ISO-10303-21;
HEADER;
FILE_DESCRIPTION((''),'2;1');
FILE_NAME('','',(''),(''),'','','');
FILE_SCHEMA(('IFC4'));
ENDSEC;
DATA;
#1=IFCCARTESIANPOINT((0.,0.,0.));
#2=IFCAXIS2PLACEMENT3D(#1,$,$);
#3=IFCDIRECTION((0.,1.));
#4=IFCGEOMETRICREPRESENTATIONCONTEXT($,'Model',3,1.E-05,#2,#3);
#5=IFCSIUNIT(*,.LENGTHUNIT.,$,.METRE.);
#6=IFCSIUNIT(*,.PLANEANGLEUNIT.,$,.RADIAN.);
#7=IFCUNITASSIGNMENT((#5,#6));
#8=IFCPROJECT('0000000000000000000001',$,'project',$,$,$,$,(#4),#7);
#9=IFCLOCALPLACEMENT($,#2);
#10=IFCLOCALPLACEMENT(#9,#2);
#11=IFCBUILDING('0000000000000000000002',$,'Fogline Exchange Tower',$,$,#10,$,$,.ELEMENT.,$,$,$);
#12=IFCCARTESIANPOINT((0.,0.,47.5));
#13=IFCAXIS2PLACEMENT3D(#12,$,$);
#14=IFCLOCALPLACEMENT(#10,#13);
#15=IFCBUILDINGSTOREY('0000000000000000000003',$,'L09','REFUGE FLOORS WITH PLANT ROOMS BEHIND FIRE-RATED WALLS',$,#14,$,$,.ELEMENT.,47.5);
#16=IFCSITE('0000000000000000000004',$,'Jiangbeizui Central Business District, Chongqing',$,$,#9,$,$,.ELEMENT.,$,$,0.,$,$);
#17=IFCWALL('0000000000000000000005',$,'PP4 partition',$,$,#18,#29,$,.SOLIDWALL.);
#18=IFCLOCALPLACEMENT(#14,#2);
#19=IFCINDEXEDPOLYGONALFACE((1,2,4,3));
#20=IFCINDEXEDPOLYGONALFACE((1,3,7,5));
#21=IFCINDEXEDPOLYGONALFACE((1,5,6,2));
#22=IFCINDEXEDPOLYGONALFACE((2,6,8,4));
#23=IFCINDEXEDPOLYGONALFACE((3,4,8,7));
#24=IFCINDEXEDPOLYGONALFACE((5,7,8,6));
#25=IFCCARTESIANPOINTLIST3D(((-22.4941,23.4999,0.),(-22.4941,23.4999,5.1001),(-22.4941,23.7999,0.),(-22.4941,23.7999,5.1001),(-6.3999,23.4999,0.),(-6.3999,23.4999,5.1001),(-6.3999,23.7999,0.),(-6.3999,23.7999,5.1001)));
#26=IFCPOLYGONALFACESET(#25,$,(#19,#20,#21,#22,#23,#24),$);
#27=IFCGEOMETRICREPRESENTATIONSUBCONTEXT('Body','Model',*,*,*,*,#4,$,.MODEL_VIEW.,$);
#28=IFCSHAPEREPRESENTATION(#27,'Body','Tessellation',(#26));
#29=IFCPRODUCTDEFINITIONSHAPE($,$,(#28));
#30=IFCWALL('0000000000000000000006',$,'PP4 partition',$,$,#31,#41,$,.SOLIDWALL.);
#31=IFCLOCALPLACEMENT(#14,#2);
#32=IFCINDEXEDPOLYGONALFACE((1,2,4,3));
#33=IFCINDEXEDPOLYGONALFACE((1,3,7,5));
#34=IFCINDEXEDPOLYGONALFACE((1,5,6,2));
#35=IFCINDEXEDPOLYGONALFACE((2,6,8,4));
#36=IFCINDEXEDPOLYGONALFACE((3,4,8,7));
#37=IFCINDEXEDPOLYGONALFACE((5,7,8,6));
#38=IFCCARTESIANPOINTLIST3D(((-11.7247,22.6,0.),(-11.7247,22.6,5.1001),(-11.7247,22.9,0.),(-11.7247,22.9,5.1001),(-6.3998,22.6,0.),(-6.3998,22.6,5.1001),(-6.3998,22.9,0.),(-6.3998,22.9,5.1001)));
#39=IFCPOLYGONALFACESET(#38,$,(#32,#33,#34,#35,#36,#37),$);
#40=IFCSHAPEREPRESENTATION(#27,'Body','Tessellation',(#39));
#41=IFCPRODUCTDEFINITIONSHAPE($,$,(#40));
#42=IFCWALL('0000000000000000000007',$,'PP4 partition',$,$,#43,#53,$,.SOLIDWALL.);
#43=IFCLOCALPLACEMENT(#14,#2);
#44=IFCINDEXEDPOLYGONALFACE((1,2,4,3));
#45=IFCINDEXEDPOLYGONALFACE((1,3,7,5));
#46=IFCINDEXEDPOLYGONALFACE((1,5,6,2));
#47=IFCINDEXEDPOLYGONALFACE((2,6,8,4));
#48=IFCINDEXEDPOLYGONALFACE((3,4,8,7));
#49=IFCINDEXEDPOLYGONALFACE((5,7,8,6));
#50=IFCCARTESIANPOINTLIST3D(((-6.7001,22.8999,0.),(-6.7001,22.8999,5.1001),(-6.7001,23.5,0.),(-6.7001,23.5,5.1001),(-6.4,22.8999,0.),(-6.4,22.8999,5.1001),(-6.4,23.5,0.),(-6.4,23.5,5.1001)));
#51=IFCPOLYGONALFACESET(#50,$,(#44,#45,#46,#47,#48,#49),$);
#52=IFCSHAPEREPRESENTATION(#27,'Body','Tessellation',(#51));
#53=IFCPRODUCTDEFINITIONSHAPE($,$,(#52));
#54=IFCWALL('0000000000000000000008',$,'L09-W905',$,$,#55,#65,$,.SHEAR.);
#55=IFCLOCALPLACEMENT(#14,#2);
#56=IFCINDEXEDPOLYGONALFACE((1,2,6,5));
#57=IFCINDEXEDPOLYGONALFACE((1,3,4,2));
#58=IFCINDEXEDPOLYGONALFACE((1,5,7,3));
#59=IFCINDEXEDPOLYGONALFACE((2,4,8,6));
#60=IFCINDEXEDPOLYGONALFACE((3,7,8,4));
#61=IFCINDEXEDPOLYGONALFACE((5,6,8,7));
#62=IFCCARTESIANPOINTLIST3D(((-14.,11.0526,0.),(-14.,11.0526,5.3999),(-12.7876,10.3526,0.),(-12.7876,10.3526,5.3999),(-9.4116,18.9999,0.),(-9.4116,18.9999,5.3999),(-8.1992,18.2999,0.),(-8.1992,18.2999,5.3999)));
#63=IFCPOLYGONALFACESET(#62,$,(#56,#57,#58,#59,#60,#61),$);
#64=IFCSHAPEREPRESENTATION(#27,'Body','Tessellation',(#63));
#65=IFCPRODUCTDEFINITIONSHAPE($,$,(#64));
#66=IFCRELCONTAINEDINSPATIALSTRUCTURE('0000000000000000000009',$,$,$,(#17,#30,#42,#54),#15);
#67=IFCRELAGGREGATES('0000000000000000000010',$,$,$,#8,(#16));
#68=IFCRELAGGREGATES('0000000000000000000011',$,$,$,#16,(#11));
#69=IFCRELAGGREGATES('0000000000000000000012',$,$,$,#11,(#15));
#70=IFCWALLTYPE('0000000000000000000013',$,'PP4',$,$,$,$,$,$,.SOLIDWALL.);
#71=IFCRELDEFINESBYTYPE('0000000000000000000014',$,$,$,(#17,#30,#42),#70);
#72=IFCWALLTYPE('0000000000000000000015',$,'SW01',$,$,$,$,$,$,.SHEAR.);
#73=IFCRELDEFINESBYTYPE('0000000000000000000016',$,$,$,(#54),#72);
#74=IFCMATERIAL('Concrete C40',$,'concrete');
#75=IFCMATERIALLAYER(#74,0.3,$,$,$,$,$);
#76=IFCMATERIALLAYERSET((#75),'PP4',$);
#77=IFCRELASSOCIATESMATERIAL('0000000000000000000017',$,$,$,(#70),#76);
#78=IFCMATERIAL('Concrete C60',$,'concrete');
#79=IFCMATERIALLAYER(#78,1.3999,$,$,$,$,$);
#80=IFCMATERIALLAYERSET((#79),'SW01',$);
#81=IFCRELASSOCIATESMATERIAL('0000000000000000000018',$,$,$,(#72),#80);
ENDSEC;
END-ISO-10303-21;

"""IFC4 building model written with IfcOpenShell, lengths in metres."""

from ifc_helpers import new_model, si_unit, direction, frame, frame_2d, origin, place, context, subcontext, project, spatial, rectangle, extrude, material, layer, layer_set, type_object, element, save


model = new_model("IFC4")

# Units and contexts
model_context = context("Model", 3, precision=1e-05, world=origin(), true_north=direction((0.0, 1.0)))
body_context = subcontext(model_context, "Body", "Model", "MODEL_VIEW")
ifc_project = project(units=[si_unit("LENGTHUNIT", "METRE"), si_unit("PLANEANGLEUNIT", "RADIAN")], contexts=[model_context])

# Site, building, storey
site_placement = place(None, origin())
site = spatial("IfcSite", under=ifc_project, at=site_placement, Name="Jiangbeizui Central Business District, Chongqing", CompositionType="ELEMENT", RefElevation=0.0)
building_placement = place(site_placement, origin())
building = spatial("IfcBuilding", under=site, at=building_placement, Name="Fogline Exchange Tower", CompositionType="ELEMENT")
storey_placement = place(building_placement, frame((0.0, 0.0, 47.5)))
storey = spatial("IfcBuildingStorey", under=building, at=storey_placement, Name="L09", Description="REFUGE FLOORS WITH PLANT ROOMS BEHIND FIRE-RATED WALLS", CompositionType="ELEMENT", Elevation=47.5)

# Shared definitions
ifc_material_1 = material(Name="Concrete C40", Category="concrete")

# Walls
ifc_layer_1 = layer(ifc_material_1, 0.3)
ifc_layer_set_1 = layer_set([ifc_layer_1], Name="PP4")
wall_type_1 = type_object("IfcWallType", Name="PP4", PredefinedType="SOLIDWALL", material=ifc_layer_set_1)
wall_1_placement = place(storey_placement, frame((-22.4941, 23.6499, 0.0), z_axis=(0.0, 0.0, 1.0), x_axis=(1.0, 0.0, 0.0)))
element("IfcWall", 1, at=wall_1_placement, inside=storey, type_object=wall_type_1, Name="PP4 partition", PredefinedType="SOLIDWALL", context=body_context, shape_type="SweptSolid", body=[
    extrude(rectangle(XDim=16.0942, YDim=0.3, at=frame_2d((8.0471, 0.0))), origin(), (0.0, 0.0, 1.0), 5.1001),
])
wall_2_placement = place(storey_placement, frame((-11.7249, 22.75, 0.0), z_axis=(0.0, 0.0, 1.0), x_axis=(1.0, 0.0, 0.0)))
element("IfcWall", 2, at=wall_2_placement, inside=storey, type_object=wall_type_1, Name="PP4 partition", PredefinedType="SOLIDWALL", context=body_context, shape_type="SweptSolid", body=[
    extrude(rectangle(XDim=5.325, YDim=0.3, at=frame_2d((2.6626, 0.0))), origin(), (0.0, 0.0, 1.0), 5.1001),
])
wall_3_placement = place(storey_placement, frame((-6.55, 22.8999, 0.0), z_axis=(0.0, 0.0, 1.0), x_axis=(0.0, 1.0, 0.0)))
element("IfcWall", 3, at=wall_3_placement, inside=storey, type_object=wall_type_1, Name="PP4 partition", PredefinedType="SOLIDWALL", context=body_context, shape_type="SweptSolid", body=[
    extrude(rectangle(XDim=0.6001, YDim=0.3, at=frame_2d((0.3, 0.0))), origin(), (0.0, 0.0, 1.0), 5.1001),
])
ifc_material_2 = material(Name="Concrete C60", Category="concrete")
ifc_layer_2 = layer(ifc_material_2, 1.3999)
ifc_layer_set_2 = layer_set([ifc_layer_2], Name="SW01")
wall_type_2 = type_object("IfcWallType", Name="SW01", PredefinedType="SHEAR", material=ifc_layer_set_2)
wall_4_placement = place(storey_placement, frame((-8.8054, 18.6499, 0.0), z_axis=(0.0, 0.0, 1.0), x_axis=(-0.500002, -0.866024, 0.0)))
element("IfcWall", 4, at=wall_4_placement, inside=storey, type_object=wall_type_2, Name="L09-W905", PredefinedType="SHEAR", context=body_context, shape_type="SweptSolid", body=[
    extrude(rectangle(XDim=9.1768, YDim=1.3999, at=frame_2d((4.5884, 0.0))), origin(), (0.0, 0.0, 1.0), 5.3999),
])

save(model, "model.ifc")
